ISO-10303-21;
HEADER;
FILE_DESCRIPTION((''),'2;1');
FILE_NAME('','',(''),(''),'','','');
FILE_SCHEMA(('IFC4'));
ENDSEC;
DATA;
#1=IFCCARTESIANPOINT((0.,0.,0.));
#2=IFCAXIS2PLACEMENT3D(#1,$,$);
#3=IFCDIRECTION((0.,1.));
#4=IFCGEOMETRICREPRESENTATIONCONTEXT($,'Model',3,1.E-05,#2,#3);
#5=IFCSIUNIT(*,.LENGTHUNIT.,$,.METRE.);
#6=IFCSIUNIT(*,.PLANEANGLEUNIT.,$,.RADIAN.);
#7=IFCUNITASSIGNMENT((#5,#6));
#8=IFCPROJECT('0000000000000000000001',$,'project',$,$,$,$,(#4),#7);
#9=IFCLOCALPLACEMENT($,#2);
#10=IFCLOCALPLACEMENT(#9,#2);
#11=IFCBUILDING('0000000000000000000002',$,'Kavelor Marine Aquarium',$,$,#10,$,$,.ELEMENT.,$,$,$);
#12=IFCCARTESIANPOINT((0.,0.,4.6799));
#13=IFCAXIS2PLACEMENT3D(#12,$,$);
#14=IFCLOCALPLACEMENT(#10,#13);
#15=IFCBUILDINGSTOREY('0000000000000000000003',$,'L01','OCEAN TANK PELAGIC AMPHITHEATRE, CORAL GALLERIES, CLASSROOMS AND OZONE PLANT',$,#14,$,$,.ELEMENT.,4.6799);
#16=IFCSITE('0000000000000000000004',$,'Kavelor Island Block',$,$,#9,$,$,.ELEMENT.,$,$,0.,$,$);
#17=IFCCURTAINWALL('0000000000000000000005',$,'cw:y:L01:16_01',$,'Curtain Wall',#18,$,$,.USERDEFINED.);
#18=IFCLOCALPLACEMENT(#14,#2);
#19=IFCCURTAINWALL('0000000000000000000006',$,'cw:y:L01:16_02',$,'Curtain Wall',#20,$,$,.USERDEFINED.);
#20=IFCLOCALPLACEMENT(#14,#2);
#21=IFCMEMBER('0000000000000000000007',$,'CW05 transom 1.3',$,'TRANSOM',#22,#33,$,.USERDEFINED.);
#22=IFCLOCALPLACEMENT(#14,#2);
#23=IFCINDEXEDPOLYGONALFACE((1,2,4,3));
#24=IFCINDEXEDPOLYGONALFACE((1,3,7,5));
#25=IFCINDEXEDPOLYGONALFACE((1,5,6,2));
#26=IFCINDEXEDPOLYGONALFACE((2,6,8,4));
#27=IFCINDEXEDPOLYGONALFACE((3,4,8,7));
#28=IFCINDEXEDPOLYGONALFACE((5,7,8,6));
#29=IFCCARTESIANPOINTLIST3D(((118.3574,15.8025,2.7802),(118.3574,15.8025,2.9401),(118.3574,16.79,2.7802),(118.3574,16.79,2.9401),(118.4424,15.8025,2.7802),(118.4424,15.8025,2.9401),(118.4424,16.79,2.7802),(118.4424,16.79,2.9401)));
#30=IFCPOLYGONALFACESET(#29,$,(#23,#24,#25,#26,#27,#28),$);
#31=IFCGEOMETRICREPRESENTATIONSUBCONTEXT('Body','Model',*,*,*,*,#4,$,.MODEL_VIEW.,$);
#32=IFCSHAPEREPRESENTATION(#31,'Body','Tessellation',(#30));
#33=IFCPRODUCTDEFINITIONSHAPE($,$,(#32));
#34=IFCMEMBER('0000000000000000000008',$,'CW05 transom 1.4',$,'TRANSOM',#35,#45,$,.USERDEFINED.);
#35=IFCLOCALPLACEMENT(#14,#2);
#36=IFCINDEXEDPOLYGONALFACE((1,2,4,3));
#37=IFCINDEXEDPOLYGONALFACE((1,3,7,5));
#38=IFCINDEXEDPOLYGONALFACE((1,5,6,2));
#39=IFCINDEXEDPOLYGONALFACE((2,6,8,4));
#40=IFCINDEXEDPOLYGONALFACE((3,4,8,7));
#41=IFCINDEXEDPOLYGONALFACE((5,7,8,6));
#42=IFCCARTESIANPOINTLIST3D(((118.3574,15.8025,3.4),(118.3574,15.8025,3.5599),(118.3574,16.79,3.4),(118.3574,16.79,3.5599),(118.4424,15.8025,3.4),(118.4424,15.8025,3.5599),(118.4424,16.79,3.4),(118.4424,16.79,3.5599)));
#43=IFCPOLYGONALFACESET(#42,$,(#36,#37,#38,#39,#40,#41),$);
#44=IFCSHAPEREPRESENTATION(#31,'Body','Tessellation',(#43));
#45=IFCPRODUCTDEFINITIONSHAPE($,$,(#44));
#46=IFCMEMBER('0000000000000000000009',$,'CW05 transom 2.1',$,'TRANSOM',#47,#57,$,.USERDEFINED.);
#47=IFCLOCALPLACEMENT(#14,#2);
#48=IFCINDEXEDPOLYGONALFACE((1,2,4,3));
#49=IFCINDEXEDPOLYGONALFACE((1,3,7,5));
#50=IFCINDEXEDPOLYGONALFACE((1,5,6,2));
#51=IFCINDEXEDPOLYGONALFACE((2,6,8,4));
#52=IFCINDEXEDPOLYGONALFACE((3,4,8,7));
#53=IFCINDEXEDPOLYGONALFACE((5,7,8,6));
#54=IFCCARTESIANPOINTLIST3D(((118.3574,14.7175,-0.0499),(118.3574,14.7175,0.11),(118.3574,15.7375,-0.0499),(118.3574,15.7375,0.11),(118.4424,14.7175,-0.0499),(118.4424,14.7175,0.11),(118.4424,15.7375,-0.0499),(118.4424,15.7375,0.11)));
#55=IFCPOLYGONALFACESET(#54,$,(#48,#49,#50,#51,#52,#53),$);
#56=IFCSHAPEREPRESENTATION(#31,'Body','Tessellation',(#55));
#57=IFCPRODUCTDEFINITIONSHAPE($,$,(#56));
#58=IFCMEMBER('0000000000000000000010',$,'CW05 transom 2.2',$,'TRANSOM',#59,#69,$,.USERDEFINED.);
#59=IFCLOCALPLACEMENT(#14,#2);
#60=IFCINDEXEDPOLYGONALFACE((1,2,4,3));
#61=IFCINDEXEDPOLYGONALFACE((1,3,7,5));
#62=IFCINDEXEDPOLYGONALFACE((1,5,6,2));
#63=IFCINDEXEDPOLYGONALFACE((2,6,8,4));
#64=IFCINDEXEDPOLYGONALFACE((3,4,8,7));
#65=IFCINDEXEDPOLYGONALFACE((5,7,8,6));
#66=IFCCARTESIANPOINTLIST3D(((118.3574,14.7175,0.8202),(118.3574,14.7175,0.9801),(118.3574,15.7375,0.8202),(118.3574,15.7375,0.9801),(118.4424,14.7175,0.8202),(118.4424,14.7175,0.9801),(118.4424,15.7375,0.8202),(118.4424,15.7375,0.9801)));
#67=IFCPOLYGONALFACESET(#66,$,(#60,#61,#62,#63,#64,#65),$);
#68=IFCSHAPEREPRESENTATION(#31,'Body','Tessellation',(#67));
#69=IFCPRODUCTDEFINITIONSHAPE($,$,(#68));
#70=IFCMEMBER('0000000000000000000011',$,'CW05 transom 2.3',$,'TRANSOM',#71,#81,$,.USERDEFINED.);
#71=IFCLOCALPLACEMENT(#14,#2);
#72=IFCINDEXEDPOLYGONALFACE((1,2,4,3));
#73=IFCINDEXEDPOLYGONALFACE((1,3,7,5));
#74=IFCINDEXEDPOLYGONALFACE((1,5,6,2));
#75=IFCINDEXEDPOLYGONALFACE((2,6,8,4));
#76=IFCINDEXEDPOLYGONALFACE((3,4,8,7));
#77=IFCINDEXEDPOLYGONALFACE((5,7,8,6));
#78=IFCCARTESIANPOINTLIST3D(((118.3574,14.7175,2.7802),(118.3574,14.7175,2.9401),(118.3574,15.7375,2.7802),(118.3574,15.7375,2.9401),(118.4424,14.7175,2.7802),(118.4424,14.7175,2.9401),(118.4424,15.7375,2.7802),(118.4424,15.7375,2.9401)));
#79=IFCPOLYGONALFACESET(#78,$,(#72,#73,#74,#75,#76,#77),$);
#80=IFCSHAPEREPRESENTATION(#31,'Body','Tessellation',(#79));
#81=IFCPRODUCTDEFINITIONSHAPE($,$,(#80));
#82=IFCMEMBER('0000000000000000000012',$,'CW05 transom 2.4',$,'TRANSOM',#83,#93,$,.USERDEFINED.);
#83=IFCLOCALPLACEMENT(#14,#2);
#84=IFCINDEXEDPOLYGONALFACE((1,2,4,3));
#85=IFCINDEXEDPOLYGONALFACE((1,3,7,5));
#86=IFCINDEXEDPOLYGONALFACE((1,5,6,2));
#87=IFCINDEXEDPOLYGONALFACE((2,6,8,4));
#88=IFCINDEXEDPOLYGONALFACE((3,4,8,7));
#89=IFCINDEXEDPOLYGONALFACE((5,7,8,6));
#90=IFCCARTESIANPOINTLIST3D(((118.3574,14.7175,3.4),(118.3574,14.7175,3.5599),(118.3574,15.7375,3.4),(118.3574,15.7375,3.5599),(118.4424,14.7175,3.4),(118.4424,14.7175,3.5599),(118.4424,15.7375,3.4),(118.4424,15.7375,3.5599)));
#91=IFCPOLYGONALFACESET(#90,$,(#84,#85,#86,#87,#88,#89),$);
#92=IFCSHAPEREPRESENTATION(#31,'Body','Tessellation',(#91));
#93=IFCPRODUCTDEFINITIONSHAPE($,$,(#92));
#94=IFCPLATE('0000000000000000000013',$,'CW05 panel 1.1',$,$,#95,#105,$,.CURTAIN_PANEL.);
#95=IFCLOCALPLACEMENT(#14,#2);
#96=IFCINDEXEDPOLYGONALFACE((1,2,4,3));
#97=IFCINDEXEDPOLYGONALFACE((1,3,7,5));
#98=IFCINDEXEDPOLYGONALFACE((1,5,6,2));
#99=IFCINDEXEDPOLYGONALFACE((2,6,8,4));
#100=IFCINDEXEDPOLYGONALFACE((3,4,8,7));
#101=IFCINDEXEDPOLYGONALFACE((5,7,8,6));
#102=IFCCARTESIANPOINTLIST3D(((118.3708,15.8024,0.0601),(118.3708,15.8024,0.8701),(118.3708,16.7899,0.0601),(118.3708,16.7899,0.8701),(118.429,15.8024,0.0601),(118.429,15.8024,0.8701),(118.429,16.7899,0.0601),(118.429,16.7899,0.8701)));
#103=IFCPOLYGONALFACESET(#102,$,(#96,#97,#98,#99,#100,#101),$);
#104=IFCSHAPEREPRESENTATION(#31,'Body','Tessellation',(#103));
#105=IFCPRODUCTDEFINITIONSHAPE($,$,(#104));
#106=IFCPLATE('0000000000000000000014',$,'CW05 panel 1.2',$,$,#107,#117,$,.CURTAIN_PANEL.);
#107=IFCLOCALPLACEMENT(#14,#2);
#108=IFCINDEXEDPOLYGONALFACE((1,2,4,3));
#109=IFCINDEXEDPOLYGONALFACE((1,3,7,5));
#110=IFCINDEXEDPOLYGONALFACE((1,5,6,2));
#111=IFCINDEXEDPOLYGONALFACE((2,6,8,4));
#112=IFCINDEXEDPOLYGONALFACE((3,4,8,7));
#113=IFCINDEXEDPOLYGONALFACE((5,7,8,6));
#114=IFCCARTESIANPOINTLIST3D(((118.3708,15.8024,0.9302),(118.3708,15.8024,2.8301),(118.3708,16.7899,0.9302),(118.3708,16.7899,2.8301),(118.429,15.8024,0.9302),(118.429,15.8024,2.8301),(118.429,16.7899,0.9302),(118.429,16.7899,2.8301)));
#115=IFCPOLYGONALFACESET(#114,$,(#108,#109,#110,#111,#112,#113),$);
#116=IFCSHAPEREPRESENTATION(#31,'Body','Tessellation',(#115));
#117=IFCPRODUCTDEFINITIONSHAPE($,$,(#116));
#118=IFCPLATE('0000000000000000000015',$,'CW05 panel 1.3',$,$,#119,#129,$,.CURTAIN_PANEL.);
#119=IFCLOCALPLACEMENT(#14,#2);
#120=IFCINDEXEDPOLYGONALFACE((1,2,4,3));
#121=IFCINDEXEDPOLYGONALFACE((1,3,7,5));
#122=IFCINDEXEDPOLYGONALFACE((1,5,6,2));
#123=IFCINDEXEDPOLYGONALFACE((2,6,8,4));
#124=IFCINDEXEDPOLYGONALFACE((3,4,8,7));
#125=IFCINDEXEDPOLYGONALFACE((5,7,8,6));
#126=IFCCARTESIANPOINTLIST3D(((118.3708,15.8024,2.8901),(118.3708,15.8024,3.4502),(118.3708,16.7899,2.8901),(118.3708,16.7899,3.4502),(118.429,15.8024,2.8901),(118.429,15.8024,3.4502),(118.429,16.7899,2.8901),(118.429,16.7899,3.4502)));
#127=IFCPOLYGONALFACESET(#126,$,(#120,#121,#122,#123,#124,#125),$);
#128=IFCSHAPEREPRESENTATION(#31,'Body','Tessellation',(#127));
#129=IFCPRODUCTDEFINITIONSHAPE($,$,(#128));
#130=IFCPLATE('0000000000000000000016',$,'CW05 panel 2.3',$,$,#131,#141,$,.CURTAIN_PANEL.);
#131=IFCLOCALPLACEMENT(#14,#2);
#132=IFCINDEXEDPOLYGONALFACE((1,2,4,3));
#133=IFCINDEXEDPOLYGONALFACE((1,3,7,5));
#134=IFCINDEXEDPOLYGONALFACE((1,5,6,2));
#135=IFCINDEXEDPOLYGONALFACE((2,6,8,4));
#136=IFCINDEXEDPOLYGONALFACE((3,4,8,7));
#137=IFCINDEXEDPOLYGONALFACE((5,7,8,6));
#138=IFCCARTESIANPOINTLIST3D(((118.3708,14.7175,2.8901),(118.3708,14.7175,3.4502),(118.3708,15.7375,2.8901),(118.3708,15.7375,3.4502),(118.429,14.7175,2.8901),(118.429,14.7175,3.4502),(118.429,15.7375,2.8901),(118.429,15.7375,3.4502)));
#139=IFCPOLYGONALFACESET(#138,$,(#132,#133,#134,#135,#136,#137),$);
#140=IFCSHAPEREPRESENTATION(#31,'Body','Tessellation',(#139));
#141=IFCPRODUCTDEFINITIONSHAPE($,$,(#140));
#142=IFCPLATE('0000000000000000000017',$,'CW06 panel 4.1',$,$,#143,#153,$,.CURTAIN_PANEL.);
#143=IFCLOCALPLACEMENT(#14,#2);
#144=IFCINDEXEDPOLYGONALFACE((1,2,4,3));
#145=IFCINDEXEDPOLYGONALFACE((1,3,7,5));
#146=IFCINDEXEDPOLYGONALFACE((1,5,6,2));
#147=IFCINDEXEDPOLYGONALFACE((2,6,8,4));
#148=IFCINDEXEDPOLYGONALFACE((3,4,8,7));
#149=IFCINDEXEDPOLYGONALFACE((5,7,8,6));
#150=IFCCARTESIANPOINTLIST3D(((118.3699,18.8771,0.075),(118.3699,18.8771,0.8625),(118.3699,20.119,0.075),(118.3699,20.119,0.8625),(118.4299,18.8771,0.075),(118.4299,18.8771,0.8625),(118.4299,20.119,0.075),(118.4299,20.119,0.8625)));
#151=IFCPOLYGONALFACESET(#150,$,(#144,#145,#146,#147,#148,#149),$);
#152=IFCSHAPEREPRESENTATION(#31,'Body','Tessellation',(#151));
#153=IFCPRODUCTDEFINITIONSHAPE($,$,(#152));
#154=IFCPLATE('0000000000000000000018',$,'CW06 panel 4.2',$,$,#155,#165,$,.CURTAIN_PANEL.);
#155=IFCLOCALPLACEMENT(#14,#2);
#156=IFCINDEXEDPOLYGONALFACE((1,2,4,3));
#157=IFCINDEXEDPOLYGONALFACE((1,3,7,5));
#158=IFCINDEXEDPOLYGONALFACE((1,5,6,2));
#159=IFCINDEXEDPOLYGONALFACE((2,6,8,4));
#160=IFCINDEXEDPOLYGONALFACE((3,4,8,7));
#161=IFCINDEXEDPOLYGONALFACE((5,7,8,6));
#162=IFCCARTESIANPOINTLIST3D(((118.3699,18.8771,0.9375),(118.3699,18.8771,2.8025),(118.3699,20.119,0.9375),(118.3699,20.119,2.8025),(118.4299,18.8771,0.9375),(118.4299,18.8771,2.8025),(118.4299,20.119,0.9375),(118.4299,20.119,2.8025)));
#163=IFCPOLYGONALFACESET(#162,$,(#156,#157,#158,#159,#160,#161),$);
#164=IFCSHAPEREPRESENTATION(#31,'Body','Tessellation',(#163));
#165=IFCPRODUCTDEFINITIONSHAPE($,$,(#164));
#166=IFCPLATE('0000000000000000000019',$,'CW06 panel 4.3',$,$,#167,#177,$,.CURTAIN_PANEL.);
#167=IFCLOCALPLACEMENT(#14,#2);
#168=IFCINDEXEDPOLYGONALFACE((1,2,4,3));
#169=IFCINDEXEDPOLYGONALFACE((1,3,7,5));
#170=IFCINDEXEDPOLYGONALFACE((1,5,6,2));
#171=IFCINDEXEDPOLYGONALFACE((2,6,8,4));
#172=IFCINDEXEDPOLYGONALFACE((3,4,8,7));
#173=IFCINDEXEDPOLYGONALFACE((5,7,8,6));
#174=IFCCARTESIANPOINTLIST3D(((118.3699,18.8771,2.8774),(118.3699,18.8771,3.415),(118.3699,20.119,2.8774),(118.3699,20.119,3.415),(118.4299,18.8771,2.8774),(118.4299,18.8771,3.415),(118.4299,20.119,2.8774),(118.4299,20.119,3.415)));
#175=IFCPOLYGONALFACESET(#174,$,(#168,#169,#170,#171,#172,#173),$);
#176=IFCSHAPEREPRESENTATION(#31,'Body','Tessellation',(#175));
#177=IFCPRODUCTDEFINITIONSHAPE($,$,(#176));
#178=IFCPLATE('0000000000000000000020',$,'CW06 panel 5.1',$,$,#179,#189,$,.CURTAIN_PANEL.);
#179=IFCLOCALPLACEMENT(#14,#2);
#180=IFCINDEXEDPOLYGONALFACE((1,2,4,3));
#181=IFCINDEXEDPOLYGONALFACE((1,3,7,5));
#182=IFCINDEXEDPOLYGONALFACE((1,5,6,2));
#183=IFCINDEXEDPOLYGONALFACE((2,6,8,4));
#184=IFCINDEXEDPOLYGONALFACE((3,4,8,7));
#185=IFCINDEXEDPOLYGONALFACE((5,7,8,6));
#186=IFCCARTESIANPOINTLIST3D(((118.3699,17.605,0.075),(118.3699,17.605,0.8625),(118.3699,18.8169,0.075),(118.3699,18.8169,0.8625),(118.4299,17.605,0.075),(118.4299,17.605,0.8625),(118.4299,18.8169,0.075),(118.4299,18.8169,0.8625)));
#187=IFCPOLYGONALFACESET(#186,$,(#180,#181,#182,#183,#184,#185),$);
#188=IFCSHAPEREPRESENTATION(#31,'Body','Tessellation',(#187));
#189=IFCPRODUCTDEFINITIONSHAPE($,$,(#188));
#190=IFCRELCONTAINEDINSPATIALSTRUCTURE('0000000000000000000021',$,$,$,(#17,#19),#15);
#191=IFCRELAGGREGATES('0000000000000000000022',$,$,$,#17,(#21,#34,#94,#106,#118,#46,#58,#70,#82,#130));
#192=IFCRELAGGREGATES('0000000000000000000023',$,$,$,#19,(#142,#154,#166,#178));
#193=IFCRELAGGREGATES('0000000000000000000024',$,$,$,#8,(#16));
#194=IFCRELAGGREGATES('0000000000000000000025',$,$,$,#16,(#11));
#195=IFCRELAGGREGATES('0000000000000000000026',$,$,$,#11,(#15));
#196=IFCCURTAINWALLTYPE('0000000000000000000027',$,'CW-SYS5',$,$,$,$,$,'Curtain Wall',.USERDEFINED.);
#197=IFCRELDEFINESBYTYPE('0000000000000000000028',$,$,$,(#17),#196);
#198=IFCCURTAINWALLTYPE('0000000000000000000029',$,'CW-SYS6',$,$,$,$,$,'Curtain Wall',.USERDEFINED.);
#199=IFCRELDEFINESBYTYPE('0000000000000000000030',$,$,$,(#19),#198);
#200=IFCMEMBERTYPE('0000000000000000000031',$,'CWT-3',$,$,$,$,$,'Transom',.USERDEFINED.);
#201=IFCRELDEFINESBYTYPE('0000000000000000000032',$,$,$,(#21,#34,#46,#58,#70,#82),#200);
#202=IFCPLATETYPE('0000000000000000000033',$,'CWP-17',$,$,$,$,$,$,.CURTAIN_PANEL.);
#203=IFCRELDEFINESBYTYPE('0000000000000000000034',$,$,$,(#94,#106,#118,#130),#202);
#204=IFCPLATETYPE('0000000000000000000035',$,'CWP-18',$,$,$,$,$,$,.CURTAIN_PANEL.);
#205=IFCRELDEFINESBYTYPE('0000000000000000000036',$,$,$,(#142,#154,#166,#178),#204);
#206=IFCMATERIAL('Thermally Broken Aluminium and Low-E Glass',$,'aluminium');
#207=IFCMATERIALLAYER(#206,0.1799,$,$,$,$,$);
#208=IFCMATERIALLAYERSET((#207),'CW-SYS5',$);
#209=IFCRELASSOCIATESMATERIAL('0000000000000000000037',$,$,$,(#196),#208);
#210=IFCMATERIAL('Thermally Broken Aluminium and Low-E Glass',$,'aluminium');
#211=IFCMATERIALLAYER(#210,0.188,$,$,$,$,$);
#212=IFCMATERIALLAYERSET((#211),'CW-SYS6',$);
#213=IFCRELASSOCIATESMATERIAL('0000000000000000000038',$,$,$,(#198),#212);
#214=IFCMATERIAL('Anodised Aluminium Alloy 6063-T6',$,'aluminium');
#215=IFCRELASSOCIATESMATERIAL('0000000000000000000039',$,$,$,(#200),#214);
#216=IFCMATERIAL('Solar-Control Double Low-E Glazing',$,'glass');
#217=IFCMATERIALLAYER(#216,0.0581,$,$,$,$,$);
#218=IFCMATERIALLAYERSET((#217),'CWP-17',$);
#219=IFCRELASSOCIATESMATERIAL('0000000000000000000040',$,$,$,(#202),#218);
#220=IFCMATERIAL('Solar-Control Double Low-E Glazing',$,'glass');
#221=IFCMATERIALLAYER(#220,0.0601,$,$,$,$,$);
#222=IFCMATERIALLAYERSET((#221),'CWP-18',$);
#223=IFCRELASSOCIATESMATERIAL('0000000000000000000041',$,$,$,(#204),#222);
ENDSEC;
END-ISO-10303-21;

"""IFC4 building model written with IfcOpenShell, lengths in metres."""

from ifc_helpers import new_model, si_unit, direction, frame, origin, origin_2d, place, context, subcontext, project, spatial, rectangle, extrude, material, layer, layer_set, material_profile, profile_set, type_object, element, aggregate, save


model = new_model("IFC4")

# Units and contexts
model_context = context("Model", 3, precision=1e-05, world=origin(), true_north=direction((0.0, 1.0)))
body_context = subcontext(model_context, "Body", "Model", "MODEL_VIEW")
ifc_project = project(units=[si_unit("LENGTHUNIT", "METRE"), si_unit("PLANEANGLEUNIT", "RADIAN")], contexts=[model_context])

# Site, building, storey
site_placement = place(None, origin())
site = spatial("IfcSite", under=ifc_project, at=site_placement, Name="Kavelor Island Block", CompositionType="ELEMENT", RefElevation=0.0)
building_placement = place(site_placement, origin())
building = spatial("IfcBuilding", under=site, at=building_placement, Name="Kavelor Marine Aquarium", CompositionType="ELEMENT")
storey_placement = place(building_placement, frame((0.0, 0.0, 4.6799)))
storey = spatial("IfcBuildingStorey", under=building, at=storey_placement, Name="L01", Description="OCEAN TANK PELAGIC AMPHITHEATRE, CORAL GALLERIES, CLASSROOMS AND OZONE PLANT", CompositionType="ELEMENT", Elevation=4.6799)

# Curtain walls
ifc_material_1 = material(Name="Thermally Broken Aluminium and Low-E Glass", Category="aluminium")
ifc_layer_1 = layer(ifc_material_1, 0.1799)
ifc_layer_set_1 = layer_set([ifc_layer_1], Name="CW-SYS5")
curtain_wall_type_1 = type_object("IfcCurtainWallType", Name="CW-SYS5", ElementType="Curtain Wall", PredefinedType="USERDEFINED", material=ifc_layer_set_1)
curtain_wall_1_placement = place(storey_placement, origin())
curtain_wall_1 = element("IfcCurtainWall", 1, at=curtain_wall_1_placement, inside=storey, type_object=curtain_wall_type_1, Name="cw:y:L01:16_01", ObjectType="Curtain Wall", PredefinedType="USERDEFINED")
ifc_material_2 = material(Name="Thermally Broken Aluminium and Low-E Glass", Category="aluminium")
ifc_layer_2 = layer(ifc_material_2, 0.188)
ifc_layer_set_2 = layer_set([ifc_layer_2], Name="CW-SYS6")
curtain_wall_type_2 = type_object("IfcCurtainWallType", Name="CW-SYS6", ElementType="Curtain Wall", PredefinedType="USERDEFINED", material=ifc_layer_set_2)
curtain_wall_2_placement = place(storey_placement, origin())
curtain_wall_2 = element("IfcCurtainWall", 2, at=curtain_wall_2_placement, inside=storey, type_object=curtain_wall_type_2, Name="cw:y:L01:16_02", ObjectType="Curtain Wall", PredefinedType="USERDEFINED")

# Members
ifc_material_3 = material(Name="Anodised Aluminium Alloy 6063-T6", Category="aluminium")
ifc_material_profile_1 = material_profile(ifc_material_3, rectangle(XDim=0.085, YDim=0.1599, at=origin_2d()), Name="CW-TRN 85x160")
ifc_profile_set_1 = profile_set([ifc_material_profile_1], Name="Anodised Aluminium Alloy 6063-T6")
member_type_1 = type_object("IfcMemberType", Name="CWT-3", ElementType="Transom", PredefinedType="USERDEFINED", material=ifc_profile_set_1)
member_1_placement = place(storey_placement, frame((118.3999, 16.79, 2.8601), z_axis=(0.0, -1.0, 0.0), x_axis=(1.0, 0.0, 0.0)))
member_1 = element("IfcMember", 3, at=member_1_placement, type_object=member_type_1, Name="CW05 transom 1.3", ObjectType="TRANSOM", PredefinedType="USERDEFINED", context=body_context, shape_type="SweptSolid", body=[
    extrude(rectangle(XDim=0.085, YDim=0.1599, at=origin_2d()), origin(), (0.0, 0.0, 1.0), 0.9875),
])
member_2_placement = place(storey_placement, frame((118.3999, 16.79, 3.48), z_axis=(0.0, -1.0, 0.0), x_axis=(1.0, 0.0, 0.0)))
member_2 = element("IfcMember", 4, at=member_2_placement, type_object=member_type_1, Name="CW05 transom 1.4", ObjectType="TRANSOM", PredefinedType="USERDEFINED", context=body_context, shape_type="SweptSolid", body=[
    extrude(rectangle(XDim=0.085, YDim=0.1599, at=origin_2d()), origin(), (0.0, 0.0, 1.0), 0.9875),
])
member_3_placement = place(storey_placement, frame((118.3999, 15.7375, 0.03), z_axis=(0.0, -1.0, 0.0), x_axis=(1.0, 0.0, 0.0)))
member_3 = element("IfcMember", 5, at=member_3_placement, type_object=member_type_1, Name="CW05 transom 2.1", ObjectType="TRANSOM", PredefinedType="USERDEFINED", context=body_context, shape_type="SweptSolid", body=[
    extrude(rectangle(XDim=0.085, YDim=0.1599, at=origin_2d()), origin(), (0.0, 0.0, 1.0), 1.02),
])
member_4_placement = place(storey_placement, frame((118.3999, 15.7375, 0.9001), z_axis=(0.0, -1.0, 0.0), x_axis=(1.0, 0.0, 0.0)))
member_4 = element("IfcMember", 6, at=member_4_placement, type_object=member_type_1, Name="CW05 transom 2.2", ObjectType="TRANSOM", PredefinedType="USERDEFINED", context=body_context, shape_type="SweptSolid", body=[
    extrude(rectangle(XDim=0.085, YDim=0.1599, at=origin_2d()), origin(), (0.0, 0.0, 1.0), 1.02),
])
member_5_placement = place(storey_placement, frame((118.3999, 15.7375, 2.8601), z_axis=(0.0, -1.0, 0.0), x_axis=(1.0, 0.0, 0.0)))
member_5 = element("IfcMember", 7, at=member_5_placement, type_object=member_type_1, Name="CW05 transom 2.3", ObjectType="TRANSOM", PredefinedType="USERDEFINED", context=body_context, shape_type="SweptSolid", body=[
    extrude(rectangle(XDim=0.085, YDim=0.1599, at=origin_2d()), origin(), (0.0, 0.0, 1.0), 1.02),
])
member_6_placement = place(storey_placement, frame((118.3999, 15.7375, 3.48), z_axis=(0.0, -1.0, 0.0), x_axis=(1.0, 0.0, 0.0)))
member_6 = element("IfcMember", 8, at=member_6_placement, type_object=member_type_1, Name="CW05 transom 2.4", ObjectType="TRANSOM", PredefinedType="USERDEFINED", context=body_context, shape_type="SweptSolid", body=[
    extrude(rectangle(XDim=0.085, YDim=0.1599, at=origin_2d()), origin(), (0.0, 0.0, 1.0), 1.02),
])

# Plates
ifc_material_4 = material(Name="Solar-Control Double Low-E Glazing", Category="glass")
ifc_layer_3 = layer(ifc_material_4, 0.0581)
ifc_layer_set_3 = layer_set([ifc_layer_3], Name="CWP-17")
plate_type_1 = type_object("IfcPlateType", Name="CWP-17", PredefinedType="CURTAIN_PANEL", material=ifc_layer_set_3)
plate_1_placement = place(storey_placement, frame((118.3999, 16.2961, 0.0601), z_axis=(0.0, 0.0, 1.0), x_axis=(0.0, -1.0, 0.0)))
plate_1 = element("IfcPlate", 9, at=plate_1_placement, type_object=plate_type_1, Name="CW05 panel 1.1", PredefinedType="CURTAIN_PANEL", context=body_context, shape_type="SweptSolid", body=[
    extrude(rectangle(XDim=0.9875, YDim=0.0581, at=origin_2d()), origin(), (0.0, 0.0, 1.0), 0.8101),
])
plate_2_placement = place(storey_placement, frame((118.3999, 16.2961, 0.9302), z_axis=(0.0, 0.0, 1.0), x_axis=(0.0, -1.0, 0.0)))
plate_2 = element("IfcPlate", 10, at=plate_2_placement, type_object=plate_type_1, Name="CW05 panel 1.2", PredefinedType="CURTAIN_PANEL", context=body_context, shape_type="SweptSolid", body=[
    extrude(rectangle(XDim=0.9875, YDim=0.0581, at=origin_2d()), origin(), (0.0, 0.0, 1.0), 1.8999),
])
plate_3_placement = place(storey_placement, frame((118.3999, 16.2961, 2.8901), z_axis=(0.0, 0.0, 1.0), x_axis=(0.0, -1.0, 0.0)))
plate_3 = element("IfcPlate", 11, at=plate_3_placement, type_object=plate_type_1, Name="CW05 panel 1.3", PredefinedType="CURTAIN_PANEL", context=body_context, shape_type="SweptSolid", body=[
    extrude(rectangle(XDim=0.9875, YDim=0.0581, at=origin_2d()), origin(), (0.0, 0.0, 1.0), 0.5601),
])
plate_4_placement = place(storey_placement, frame((118.3999, 15.2275, 2.8901), z_axis=(0.0, 0.0, 1.0), x_axis=(0.0, -1.0, 0.0)))
plate_4 = element("IfcPlate", 12, at=plate_4_placement, type_object=plate_type_1, Name="CW05 panel 2.3", PredefinedType="CURTAIN_PANEL", context=body_context, shape_type="SweptSolid", body=[
    extrude(rectangle(XDim=1.02, YDim=0.0581, at=origin_2d()), origin(), (0.0, 0.0, 1.0), 0.5601),
])
aggregate(curtain_wall_1, [member_1, member_2, plate_1, plate_2, plate_3, member_3, member_4, member_5, member_6, plate_4])
ifc_material_5 = material(Name="Solar-Control Double Low-E Glazing", Category="glass")
ifc_layer_4 = layer(ifc_material_5, 0.0601)
ifc_layer_set_4 = layer_set([ifc_layer_4], Name="CWP-18")
plate_type_2 = type_object("IfcPlateType", Name="CWP-18", PredefinedType="CURTAIN_PANEL", material=ifc_layer_set_4)
plate_5_placement = place(storey_placement, frame((118.3999, 19.498, 0.075), z_axis=(0.0, 0.0, 1.0), x_axis=(0.0, -1.0, 0.0)))
plate_5 = element("IfcPlate", 13, at=plate_5_placement, type_object=plate_type_2, Name="CW06 panel 4.1", PredefinedType="CURTAIN_PANEL", context=body_context, shape_type="SweptSolid", body=[
    extrude(rectangle(XDim=1.2419, YDim=0.0601, at=origin_2d()), origin(), (0.0, 0.0, 1.0), 0.7876),
])
plate_6_placement = place(storey_placement, frame((118.3999, 19.498, 0.9375), z_axis=(0.0, 0.0, 1.0), x_axis=(0.0, -1.0, 0.0)))
plate_6 = element("IfcPlate", 14, at=plate_6_placement, type_object=plate_type_2, Name="CW06 panel 4.2", PredefinedType="CURTAIN_PANEL", context=body_context, shape_type="SweptSolid", body=[
    extrude(rectangle(XDim=1.2419, YDim=0.0601, at=origin_2d()), origin(), (0.0, 0.0, 1.0), 1.865),
])
plate_7_placement = place(storey_placement, frame((118.3999, 19.498, 2.8774), z_axis=(0.0, 0.0, 1.0), x_axis=(0.0, -1.0, 0.0)))
plate_7 = element("IfcPlate", 15, at=plate_7_placement, type_object=plate_type_2, Name="CW06 panel 4.3", PredefinedType="CURTAIN_PANEL", context=body_context, shape_type="SweptSolid", body=[
    extrude(rectangle(XDim=1.2419, YDim=0.0601, at=origin_2d()), origin(), (0.0, 0.0, 1.0), 0.5376),
])
plate_8_placement = place(storey_placement, frame((118.3999, 18.2109, 0.075), z_axis=(0.0, 0.0, 1.0), x_axis=(0.0, -1.0, 0.0)))
plate_8 = element("IfcPlate", 16, at=plate_8_placement, type_object=plate_type_2, Name="CW06 panel 5.1", PredefinedType="CURTAIN_PANEL", context=body_context, shape_type="SweptSolid", body=[
    extrude(rectangle(XDim=1.2119, YDim=0.0601, at=origin_2d()), origin(), (0.0, 0.0, 1.0), 0.7876),
])
aggregate(curtain_wall_2, [plate_5, plate_6, plate_7, plate_8])

save(model, "model.ifc")
